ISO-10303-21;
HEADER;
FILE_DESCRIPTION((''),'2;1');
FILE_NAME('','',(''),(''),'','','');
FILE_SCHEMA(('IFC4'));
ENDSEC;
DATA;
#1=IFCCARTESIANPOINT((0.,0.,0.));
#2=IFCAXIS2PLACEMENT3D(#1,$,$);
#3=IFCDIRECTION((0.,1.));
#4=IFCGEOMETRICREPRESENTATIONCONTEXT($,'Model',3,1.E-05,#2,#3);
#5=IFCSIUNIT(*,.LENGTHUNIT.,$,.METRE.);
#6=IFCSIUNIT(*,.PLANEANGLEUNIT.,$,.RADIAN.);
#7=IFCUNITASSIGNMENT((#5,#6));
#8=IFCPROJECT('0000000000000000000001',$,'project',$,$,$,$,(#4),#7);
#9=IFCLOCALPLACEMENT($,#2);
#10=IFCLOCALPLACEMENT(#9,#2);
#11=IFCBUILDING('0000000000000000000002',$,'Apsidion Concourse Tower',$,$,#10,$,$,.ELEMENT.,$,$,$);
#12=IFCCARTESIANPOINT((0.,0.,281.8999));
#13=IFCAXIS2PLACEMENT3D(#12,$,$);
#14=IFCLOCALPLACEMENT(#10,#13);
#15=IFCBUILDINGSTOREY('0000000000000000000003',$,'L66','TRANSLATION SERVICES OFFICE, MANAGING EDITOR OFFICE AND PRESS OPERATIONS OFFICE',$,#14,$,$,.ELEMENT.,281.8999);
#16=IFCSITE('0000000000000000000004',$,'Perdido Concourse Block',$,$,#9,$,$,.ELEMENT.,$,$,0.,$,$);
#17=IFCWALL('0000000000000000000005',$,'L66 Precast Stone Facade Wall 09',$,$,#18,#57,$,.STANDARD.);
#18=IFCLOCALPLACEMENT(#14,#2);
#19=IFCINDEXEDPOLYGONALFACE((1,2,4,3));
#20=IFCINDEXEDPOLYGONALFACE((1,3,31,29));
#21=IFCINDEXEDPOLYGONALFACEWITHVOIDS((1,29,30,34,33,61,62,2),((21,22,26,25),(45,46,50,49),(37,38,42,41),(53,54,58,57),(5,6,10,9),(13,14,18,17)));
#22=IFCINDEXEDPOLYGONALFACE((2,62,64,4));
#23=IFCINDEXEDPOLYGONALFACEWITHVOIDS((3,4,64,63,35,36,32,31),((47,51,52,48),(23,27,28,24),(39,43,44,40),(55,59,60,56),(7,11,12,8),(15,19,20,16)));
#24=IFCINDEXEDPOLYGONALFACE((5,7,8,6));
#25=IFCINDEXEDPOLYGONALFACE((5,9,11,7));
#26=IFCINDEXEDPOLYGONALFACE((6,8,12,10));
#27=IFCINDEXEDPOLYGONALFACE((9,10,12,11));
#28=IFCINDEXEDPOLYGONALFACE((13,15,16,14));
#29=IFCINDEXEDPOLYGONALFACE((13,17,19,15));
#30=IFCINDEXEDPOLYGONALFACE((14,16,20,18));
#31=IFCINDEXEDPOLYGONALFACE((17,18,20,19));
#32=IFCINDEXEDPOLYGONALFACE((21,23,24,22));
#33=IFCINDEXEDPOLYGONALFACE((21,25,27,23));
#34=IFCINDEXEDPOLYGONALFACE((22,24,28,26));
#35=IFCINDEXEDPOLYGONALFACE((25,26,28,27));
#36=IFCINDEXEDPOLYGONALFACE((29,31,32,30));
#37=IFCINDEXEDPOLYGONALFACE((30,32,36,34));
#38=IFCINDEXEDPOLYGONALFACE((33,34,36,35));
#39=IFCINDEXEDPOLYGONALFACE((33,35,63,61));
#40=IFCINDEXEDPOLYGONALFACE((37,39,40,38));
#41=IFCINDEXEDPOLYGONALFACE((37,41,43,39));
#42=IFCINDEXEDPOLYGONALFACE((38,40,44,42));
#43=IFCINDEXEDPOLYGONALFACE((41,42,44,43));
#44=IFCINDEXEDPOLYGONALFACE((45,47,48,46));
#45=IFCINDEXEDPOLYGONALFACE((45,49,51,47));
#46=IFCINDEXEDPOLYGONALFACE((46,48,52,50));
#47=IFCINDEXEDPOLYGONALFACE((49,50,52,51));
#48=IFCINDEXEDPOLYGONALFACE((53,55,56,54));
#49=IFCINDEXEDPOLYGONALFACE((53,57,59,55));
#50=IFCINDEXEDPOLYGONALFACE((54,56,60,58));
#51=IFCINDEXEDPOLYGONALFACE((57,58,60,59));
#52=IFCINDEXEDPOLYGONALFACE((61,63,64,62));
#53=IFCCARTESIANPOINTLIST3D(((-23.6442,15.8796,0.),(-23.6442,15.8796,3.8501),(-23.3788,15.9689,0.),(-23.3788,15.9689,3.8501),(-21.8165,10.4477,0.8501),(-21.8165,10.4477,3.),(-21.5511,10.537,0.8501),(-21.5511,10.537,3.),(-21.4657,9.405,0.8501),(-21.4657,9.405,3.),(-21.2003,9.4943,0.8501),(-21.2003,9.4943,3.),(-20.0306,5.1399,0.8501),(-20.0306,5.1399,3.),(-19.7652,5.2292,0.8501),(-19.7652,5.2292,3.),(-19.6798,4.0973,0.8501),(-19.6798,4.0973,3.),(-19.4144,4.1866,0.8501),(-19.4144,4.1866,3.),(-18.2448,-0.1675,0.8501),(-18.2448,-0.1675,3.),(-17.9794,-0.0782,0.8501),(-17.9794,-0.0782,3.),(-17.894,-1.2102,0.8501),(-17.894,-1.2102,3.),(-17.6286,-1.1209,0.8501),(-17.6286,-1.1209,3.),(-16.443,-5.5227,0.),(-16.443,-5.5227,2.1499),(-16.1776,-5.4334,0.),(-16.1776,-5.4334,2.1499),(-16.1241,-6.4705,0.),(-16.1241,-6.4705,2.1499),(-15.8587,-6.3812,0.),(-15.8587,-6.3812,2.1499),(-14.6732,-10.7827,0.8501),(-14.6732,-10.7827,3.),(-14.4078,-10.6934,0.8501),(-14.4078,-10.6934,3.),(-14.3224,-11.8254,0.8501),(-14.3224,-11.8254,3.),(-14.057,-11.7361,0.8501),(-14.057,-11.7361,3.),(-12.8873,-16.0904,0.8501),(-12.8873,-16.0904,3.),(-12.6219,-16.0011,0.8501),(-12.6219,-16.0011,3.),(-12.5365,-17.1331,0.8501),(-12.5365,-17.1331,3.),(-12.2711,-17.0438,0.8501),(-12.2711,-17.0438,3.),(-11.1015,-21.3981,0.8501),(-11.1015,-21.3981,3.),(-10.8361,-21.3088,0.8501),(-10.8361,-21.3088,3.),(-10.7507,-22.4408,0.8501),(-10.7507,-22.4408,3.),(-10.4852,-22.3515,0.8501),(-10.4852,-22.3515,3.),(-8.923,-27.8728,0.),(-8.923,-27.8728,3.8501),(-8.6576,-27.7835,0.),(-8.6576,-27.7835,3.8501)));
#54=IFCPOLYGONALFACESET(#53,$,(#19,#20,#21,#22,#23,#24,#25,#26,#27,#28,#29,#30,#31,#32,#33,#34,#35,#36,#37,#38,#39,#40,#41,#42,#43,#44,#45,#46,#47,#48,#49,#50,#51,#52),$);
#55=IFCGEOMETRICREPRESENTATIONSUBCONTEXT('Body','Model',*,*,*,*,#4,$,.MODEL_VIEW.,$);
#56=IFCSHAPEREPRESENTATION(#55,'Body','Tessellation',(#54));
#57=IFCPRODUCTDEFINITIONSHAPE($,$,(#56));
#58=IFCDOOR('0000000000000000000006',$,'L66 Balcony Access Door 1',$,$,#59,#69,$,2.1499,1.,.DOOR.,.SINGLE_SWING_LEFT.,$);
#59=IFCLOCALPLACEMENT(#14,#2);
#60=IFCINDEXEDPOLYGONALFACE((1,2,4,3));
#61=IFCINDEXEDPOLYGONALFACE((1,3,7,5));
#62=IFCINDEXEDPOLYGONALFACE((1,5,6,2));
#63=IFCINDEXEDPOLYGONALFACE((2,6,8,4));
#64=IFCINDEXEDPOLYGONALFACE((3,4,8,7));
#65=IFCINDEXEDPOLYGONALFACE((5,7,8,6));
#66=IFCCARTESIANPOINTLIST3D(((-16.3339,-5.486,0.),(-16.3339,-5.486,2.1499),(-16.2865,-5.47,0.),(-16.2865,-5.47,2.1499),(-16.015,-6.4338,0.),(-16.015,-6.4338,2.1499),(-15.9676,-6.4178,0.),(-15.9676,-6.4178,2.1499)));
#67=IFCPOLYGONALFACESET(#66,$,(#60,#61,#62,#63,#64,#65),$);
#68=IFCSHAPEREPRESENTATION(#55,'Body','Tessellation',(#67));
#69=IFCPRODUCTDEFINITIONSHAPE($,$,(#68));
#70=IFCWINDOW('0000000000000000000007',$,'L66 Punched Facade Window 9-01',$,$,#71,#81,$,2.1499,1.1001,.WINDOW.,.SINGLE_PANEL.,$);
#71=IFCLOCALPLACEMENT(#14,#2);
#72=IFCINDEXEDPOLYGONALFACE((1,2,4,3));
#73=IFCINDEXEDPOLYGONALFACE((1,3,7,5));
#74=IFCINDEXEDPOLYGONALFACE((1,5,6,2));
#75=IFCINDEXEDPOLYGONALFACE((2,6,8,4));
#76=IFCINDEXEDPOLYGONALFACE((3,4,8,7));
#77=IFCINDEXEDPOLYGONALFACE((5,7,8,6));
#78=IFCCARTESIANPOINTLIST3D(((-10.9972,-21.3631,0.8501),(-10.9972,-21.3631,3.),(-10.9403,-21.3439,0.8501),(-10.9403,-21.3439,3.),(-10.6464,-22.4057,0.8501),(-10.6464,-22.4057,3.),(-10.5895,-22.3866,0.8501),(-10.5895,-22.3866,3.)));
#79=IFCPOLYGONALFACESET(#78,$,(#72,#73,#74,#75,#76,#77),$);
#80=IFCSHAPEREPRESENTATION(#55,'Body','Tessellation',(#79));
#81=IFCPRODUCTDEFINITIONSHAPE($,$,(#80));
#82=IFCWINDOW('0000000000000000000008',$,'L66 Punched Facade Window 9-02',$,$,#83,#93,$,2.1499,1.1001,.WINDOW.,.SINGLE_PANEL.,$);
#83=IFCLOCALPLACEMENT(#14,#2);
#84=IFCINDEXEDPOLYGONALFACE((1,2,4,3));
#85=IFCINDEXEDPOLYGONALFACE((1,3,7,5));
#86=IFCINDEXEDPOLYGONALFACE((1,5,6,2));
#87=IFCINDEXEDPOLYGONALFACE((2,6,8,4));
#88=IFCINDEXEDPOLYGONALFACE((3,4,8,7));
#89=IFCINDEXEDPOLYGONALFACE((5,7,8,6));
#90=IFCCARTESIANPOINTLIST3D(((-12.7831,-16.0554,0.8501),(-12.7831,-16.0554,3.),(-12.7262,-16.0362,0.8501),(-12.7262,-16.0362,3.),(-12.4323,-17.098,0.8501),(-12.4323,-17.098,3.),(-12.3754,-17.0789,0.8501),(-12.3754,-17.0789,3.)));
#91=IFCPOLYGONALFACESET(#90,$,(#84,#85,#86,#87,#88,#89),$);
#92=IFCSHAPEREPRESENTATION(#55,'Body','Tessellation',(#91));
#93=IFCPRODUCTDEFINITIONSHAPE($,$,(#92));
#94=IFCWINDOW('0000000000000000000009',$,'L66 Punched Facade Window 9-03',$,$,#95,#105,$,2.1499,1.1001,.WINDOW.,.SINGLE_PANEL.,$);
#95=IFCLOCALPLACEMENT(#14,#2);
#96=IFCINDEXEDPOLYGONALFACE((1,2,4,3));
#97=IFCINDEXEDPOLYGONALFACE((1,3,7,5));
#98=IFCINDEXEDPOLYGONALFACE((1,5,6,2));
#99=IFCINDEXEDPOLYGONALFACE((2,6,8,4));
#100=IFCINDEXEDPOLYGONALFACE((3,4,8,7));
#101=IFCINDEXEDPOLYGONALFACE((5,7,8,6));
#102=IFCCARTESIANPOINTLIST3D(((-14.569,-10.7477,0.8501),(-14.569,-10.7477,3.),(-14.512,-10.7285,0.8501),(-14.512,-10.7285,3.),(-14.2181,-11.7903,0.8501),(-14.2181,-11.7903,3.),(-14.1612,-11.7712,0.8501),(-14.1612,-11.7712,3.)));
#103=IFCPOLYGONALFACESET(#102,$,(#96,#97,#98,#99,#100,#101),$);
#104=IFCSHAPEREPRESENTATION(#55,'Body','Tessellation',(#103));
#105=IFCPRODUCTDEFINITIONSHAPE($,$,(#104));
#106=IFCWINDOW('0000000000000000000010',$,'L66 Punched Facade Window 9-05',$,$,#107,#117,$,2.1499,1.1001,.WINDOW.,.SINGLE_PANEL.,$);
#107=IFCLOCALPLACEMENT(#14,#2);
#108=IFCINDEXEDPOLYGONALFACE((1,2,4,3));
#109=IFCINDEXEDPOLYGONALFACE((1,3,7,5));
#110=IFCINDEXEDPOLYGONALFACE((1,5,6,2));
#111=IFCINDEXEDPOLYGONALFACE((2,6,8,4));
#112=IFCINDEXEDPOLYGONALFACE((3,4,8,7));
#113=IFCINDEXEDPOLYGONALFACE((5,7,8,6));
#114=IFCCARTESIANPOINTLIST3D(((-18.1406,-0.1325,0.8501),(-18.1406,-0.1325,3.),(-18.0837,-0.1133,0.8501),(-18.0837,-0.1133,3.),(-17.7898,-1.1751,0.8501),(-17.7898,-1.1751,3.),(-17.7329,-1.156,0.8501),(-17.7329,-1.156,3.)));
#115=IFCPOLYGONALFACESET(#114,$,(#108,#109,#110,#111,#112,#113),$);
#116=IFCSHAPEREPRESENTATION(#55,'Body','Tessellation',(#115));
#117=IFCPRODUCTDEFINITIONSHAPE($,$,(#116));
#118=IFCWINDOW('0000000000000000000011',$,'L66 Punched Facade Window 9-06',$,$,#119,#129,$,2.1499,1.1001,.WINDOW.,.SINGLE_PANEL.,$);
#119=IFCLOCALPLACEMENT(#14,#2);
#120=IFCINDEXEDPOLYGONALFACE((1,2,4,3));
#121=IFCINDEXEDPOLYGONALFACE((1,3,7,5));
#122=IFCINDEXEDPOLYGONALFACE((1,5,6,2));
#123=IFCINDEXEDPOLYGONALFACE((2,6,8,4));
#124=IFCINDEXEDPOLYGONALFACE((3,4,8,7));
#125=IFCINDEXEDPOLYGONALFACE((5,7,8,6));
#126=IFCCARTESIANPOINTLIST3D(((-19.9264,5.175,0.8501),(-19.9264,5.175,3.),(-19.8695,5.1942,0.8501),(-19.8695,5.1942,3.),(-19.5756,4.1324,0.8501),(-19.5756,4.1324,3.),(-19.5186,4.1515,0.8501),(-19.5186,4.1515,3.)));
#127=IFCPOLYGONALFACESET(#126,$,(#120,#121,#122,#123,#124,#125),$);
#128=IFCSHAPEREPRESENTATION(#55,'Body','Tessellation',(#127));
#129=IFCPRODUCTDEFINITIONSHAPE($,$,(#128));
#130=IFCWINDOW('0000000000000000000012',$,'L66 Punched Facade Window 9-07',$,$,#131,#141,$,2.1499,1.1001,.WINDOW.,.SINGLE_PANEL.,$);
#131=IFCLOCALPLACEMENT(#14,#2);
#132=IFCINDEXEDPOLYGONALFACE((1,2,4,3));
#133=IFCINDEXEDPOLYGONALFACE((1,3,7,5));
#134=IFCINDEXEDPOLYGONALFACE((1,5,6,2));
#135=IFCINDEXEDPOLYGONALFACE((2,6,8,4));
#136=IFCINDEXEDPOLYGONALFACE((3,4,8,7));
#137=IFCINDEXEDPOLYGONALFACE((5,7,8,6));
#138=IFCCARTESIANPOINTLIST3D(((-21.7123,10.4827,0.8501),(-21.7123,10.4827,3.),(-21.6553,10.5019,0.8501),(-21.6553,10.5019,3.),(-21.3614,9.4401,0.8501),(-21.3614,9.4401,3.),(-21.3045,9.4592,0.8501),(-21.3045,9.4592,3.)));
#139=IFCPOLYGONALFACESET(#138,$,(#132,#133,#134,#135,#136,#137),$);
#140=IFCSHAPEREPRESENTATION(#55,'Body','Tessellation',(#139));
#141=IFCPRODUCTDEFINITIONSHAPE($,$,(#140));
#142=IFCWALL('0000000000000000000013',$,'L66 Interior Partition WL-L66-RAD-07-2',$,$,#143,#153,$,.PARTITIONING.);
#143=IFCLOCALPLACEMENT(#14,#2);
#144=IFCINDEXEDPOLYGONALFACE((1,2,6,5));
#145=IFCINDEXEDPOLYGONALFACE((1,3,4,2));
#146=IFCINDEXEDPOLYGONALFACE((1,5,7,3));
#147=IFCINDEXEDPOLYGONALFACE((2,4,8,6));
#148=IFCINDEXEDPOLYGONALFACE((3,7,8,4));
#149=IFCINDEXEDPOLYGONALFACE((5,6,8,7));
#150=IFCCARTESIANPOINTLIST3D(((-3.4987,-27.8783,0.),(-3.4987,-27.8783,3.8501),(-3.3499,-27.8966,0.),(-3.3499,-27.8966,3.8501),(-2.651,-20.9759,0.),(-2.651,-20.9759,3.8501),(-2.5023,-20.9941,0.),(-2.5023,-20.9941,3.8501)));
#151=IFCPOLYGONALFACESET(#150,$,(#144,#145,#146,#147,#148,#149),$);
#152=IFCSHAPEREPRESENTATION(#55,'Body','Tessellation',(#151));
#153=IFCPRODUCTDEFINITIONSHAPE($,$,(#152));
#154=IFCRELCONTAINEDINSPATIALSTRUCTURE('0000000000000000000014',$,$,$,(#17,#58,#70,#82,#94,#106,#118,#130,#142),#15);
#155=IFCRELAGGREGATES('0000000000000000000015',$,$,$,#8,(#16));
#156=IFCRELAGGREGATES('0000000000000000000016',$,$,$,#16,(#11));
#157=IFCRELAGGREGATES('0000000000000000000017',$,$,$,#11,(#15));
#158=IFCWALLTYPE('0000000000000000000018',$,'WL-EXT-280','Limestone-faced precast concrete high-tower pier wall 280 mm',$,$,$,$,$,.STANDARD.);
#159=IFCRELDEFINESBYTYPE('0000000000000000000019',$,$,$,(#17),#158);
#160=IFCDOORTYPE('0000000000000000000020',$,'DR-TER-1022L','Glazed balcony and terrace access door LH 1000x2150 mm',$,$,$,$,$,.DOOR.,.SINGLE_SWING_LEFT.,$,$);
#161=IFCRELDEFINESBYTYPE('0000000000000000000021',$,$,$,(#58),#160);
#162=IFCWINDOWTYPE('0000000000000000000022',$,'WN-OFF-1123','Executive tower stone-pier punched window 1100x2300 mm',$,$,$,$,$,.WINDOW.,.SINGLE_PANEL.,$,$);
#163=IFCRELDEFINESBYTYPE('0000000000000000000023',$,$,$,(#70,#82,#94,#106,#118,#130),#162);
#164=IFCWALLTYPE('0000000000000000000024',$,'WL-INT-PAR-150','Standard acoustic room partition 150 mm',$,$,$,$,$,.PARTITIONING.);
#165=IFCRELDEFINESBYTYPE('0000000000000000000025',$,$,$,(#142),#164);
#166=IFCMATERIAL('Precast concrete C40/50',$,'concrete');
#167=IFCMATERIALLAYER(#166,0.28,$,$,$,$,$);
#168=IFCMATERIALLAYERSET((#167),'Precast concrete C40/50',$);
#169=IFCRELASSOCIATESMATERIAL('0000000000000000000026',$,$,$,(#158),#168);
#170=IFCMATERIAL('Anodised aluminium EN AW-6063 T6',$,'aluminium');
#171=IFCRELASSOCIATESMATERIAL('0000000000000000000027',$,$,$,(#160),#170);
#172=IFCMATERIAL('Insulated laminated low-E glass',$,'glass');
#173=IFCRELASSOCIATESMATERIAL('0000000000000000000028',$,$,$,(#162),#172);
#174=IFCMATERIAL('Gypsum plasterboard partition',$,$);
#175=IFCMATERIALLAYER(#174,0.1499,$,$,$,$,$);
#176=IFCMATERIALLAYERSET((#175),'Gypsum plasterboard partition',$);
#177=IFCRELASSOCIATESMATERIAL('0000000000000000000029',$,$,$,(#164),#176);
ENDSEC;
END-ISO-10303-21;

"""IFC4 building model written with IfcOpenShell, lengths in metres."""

from ifc_helpers import new_model, si_unit, direction, frame, frame_2d, origin, place, context, subcontext, project, spatial, rectangle, extrude, material, layer, layer_set, type_object, element, fill, save


model = new_model("IFC4")

# Units and contexts
model_context = context("Model", 3, precision=1e-05, world=origin(), true_north=direction((0.0, 1.0)))
body_context = subcontext(model_context, "Body", "Model", "MODEL_VIEW")
ifc_project = project(units=[si_unit("LENGTHUNIT", "METRE"), si_unit("PLANEANGLEUNIT", "RADIAN")], contexts=[model_context])

# Site, building, storey
site_placement = place(None, origin())
site = spatial("IfcSite", under=ifc_project, at=site_placement, Name="Perdido Concourse Block", CompositionType="ELEMENT", RefElevation=0.0)
building_placement = place(site_placement, origin())
building = spatial("IfcBuilding", under=site, at=building_placement, Name="Apsidion Concourse Tower", CompositionType="ELEMENT")
storey_placement = place(building_placement, frame((0.0, 0.0, 281.8999)))
storey = spatial("IfcBuildingStorey", under=building, at=storey_placement, Name="L66", Description="TRANSLATION SERVICES OFFICE, MANAGING EDITOR OFFICE AND PRESS OPERATIONS OFFICE", CompositionType="ELEMENT", Elevation=281.8999)

# Shared definitions
ifc_material_1 = material(Name="Precast concrete C40/50", Category="concrete")
ifc_layer_1 = layer(ifc_material_1, 0.28)
ifc_layer_set_1 = layer_set([ifc_layer_1], Name="Precast concrete C40/50")
wall_type_1 = type_object("IfcWallType", Name="WL-EXT-280", Description="Limestone-faced precast concrete high-tower pier wall 280 mm", PredefinedType="STANDARD", material=ifc_layer_set_1)

# Wall, openings, door, windows
wall_1_placement = place(storey_placement, frame((-8.7903, -27.8281, 0.0), z_axis=(0.0, 0.0, 1.0), x_axis=(-0.318898, 0.947789, 0.0)))
wall_1 = element("IfcWall", 1, at=wall_1_placement, inside=storey, type_object=wall_type_1, Name="L66 Precast Stone Facade Wall 09", PredefinedType="STANDARD", context=body_context, shape_type="SweptSolid", body=[
    extrude(rectangle(XDim=46.1626, YDim=0.28, at=frame_2d((23.0813, 0.0))), origin(), (0.0, 0.0, 1.0), 3.8501),
])
opening_1_placement = place(wall_1_placement, frame((22.5813, 0.0, 0.0)))
opening_1 = element("IfcOpeningElement", 2, at=opening_1_placement, cuts=wall_1, PredefinedType="OPENING", context=body_context, shape_type="SweptSolid", body=[
    extrude(rectangle(XDim=1.0, YDim=2.1499, at=frame_2d((0.5, 1.075))), frame((0.0, 0.1499, 0.0), z_axis=(0.0, -1.0, 0.0), x_axis=(1.0, 0.0, 0.0)), (0.0, 0.0, 1.0), 0.3),
])
opening_2_placement = place(wall_1_placement, frame((5.7312, 0.0, 0.8501)))
opening_2 = element("IfcOpeningElement", 3, at=opening_2_placement, cuts=wall_1, PredefinedType="OPENING", context=body_context, shape_type="SweptSolid", body=[
    extrude(rectangle(XDim=1.1001, YDim=2.1499, at=frame_2d((0.55, 1.075))), frame((0.0, 0.1499, 0.0), z_axis=(0.0, -1.0, 0.0), x_axis=(1.0, 0.0, 0.0)), (0.0, 0.0, 1.0), 0.3),
])
opening_3_placement = place(wall_1_placement, frame((11.3313, 0.0, 0.8501)))
opening_3 = element("IfcOpeningElement", 4, at=opening_3_placement, cuts=wall_1, PredefinedType="OPENING", context=body_context, shape_type="SweptSolid", body=[
    extrude(rectangle(XDim=1.1001, YDim=2.1499, at=frame_2d((0.55, 1.075))), frame((0.0, 0.1499, 0.0), z_axis=(0.0, -1.0, 0.0), x_axis=(1.0, 0.0, 0.0)), (0.0, 0.0, 1.0), 0.3),
])
opening_4_placement = place(wall_1_placement, frame((16.9314, 0.0, 0.8501)))
opening_4 = element("IfcOpeningElement", 5, at=opening_4_placement, cuts=wall_1, PredefinedType="OPENING", context=body_context, shape_type="SweptSolid", body=[
    extrude(rectangle(XDim=1.1001, YDim=2.1499, at=frame_2d((0.55, 1.075))), frame((0.0, 0.1499, 0.0), z_axis=(0.0, -1.0, 0.0), x_axis=(1.0, 0.0, 0.0)), (0.0, 0.0, 1.0), 0.3),
])
opening_5_placement = place(wall_1_placement, frame((28.1313, 0.0, 0.8501)))
opening_5 = element("IfcOpeningElement", 6, at=opening_5_placement, cuts=wall_1, PredefinedType="OPENING", context=body_context, shape_type="SweptSolid", body=[
    extrude(rectangle(XDim=1.1001, YDim=2.1499, at=frame_2d((0.55, 1.075))), frame((0.0, 0.1499, 0.0), z_axis=(0.0, -1.0, 0.0), x_axis=(1.0, 0.0, 0.0)), (0.0, 0.0, 1.0), 0.3),
])
opening_6_placement = place(wall_1_placement, frame((33.7312, 0.0, 0.8501)))
opening_6 = element("IfcOpeningElement", 7, at=opening_6_placement, cuts=wall_1, PredefinedType="OPENING", context=body_context, shape_type="SweptSolid", body=[
    extrude(rectangle(XDim=1.1001, YDim=2.1499, at=frame_2d((0.55, 1.075))), frame((0.0, 0.1499, 0.0), z_axis=(0.0, -1.0, 0.0), x_axis=(1.0, 0.0, 0.0)), (0.0, 0.0, 1.0), 0.3),
])
opening_7_placement = place(wall_1_placement, frame((39.3313, 0.0, 0.8501)))
opening_7 = element("IfcOpeningElement", 8, at=opening_7_placement, cuts=wall_1, PredefinedType="OPENING", context=body_context, shape_type="SweptSolid", body=[
    extrude(rectangle(XDim=1.1001, YDim=2.1499, at=frame_2d((0.55, 1.075))), frame((0.0, 0.1499, 0.0), z_axis=(0.0, -1.0, 0.0), x_axis=(1.0, 0.0, 0.0)), (0.0, 0.0, 1.0), 0.3),
])
ifc_material_2 = material(Name="Anodised aluminium EN AW-6063 T6", Category="aluminium")
door_type = type_object("IfcDoorType", Name="DR-TER-1022L", Description="Glazed balcony and terrace access door LH 1000x2150 mm", OperationType="SINGLE_SWING_LEFT", PredefinedType="DOOR", material=ifc_material_2)
door_placement = place(opening_1_placement, origin())
door = element("IfcDoor", 9, at=door_placement, inside=storey, type_object=door_type, Name="L66 Balcony Access Door 1", OperationType="SINGLE_SWING_LEFT", OverallHeight=2.1499, OverallWidth=1.0, PredefinedType="DOOR", context=body_context, shape_type="SweptSolid", body=[
    extrude(rectangle(XDim=1.0, YDim=2.1499, at=frame_2d((0.5, 1.075))), frame((0.0, 0.0249, 0.0), z_axis=(0.0, -1.0, 0.0), x_axis=(1.0, 0.0, 0.0)), (0.0, 0.0, 1.0), 0.05),
])
fill(opening_1, door)
ifc_material_3 = material(Name="Insulated laminated low-E glass", Category="glass")
window_type = type_object("IfcWindowType", Name="WN-OFF-1123", Description="Executive tower stone-pier punched window 1100x2300 mm", PartitioningType="SINGLE_PANEL", PredefinedType="WINDOW", material=ifc_material_3)
window_1_placement = place(opening_2_placement, origin())
window_1 = element("IfcWindow", 10, at=window_1_placement, inside=storey, type_object=window_type, Name="L66 Punched Facade Window 9-01", OverallHeight=2.1499, OverallWidth=1.1001, PartitioningType="SINGLE_PANEL", PredefinedType="WINDOW", context=body_context, shape_type="SweptSolid", body=[
    extrude(rectangle(XDim=1.1001, YDim=2.1499, at=frame_2d((0.55, 1.075))), frame((0.0, 0.03, 0.0), z_axis=(0.0, -1.0, 0.0), x_axis=(1.0, 0.0, 0.0)), (0.0, 0.0, 1.0), 0.0601),
])
fill(opening_2, window_1)
window_2_placement = place(opening_3_placement, origin())
window_2 = element("IfcWindow", 11, at=window_2_placement, inside=storey, type_object=window_type, Name="L66 Punched Facade Window 9-02", OverallHeight=2.1499, OverallWidth=1.1001, PartitioningType="SINGLE_PANEL", PredefinedType="WINDOW", context=body_context, shape_type="SweptSolid", body=[
    extrude(rectangle(XDim=1.1001, YDim=2.1499, at=frame_2d((0.55, 1.075))), frame((0.0, 0.03, 0.0), z_axis=(0.0, -1.0, 0.0), x_axis=(1.0, 0.0, 0.0)), (0.0, 0.0, 1.0), 0.0601),
])
fill(opening_3, window_2)
window_3_placement = place(opening_4_placement, origin())
window_3 = element("IfcWindow", 12, at=window_3_placement, inside=storey, type_object=window_type, Name="L66 Punched Facade Window 9-03", OverallHeight=2.1499, OverallWidth=1.1001, PartitioningType="SINGLE_PANEL", PredefinedType="WINDOW", context=body_context, shape_type="SweptSolid", body=[
    extrude(rectangle(XDim=1.1001, YDim=2.1499, at=frame_2d((0.55, 1.075))), frame((0.0, 0.03, 0.0), z_axis=(0.0, -1.0, 0.0), x_axis=(1.0, 0.0, 0.0)), (0.0, 0.0, 1.0), 0.0601),
])
fill(opening_4, window_3)
window_4_placement = place(opening_5_placement, origin())
window_4 = element("IfcWindow", 13, at=window_4_placement, inside=storey, type_object=window_type, Name="L66 Punched Facade Window 9-05", OverallHeight=2.1499, OverallWidth=1.1001, PartitioningType="SINGLE_PANEL", PredefinedType="WINDOW", context=body_context, shape_type="SweptSolid", body=[
    extrude(rectangle(XDim=1.1001, YDim=2.1499, at=frame_2d((0.55, 1.075))), frame((0.0, 0.03, 0.0), z_axis=(0.0, -1.0, 0.0), x_axis=(1.0, 0.0, 0.0)), (0.0, 0.0, 1.0), 0.0601),
])
fill(opening_5, window_4)
window_5_placement = place(opening_6_placement, origin())
window_5 = element("IfcWindow", 14, at=window_5_placement, inside=storey, type_object=window_type, Name="L66 Punched Facade Window 9-06", OverallHeight=2.1499, OverallWidth=1.1001, PartitioningType="SINGLE_PANEL", PredefinedType="WINDOW", context=body_context, shape_type="SweptSolid", body=[
    extrude(rectangle(XDim=1.1001, YDim=2.1499, at=frame_2d((0.55, 1.075))), frame((0.0, 0.03, 0.0), z_axis=(0.0, -1.0, 0.0), x_axis=(1.0, 0.0, 0.0)), (0.0, 0.0, 1.0), 0.0601),
])
fill(opening_6, window_5)
window_6_placement = place(opening_7_placement, origin())
window_6 = element("IfcWindow", 15, at=window_6_placement, inside=storey, type_object=window_type, Name="L66 Punched Facade Window 9-07", OverallHeight=2.1499, OverallWidth=1.1001, PartitioningType="SINGLE_PANEL", PredefinedType="WINDOW", context=body_context, shape_type="SweptSolid", body=[
    extrude(rectangle(XDim=1.1001, YDim=2.1499, at=frame_2d((0.55, 1.075))), frame((0.0, 0.03, 0.0), z_axis=(0.0, -1.0, 0.0), x_axis=(1.0, 0.0, 0.0)), (0.0, 0.0, 1.0), 0.0601),
])
fill(opening_7, window_6)

# Wall
ifc_material_4 = material(Name="Gypsum plasterboard partition")
ifc_layer_2 = layer(ifc_material_4, 0.1499)
ifc_layer_set_2 = layer_set([ifc_layer_2], Name="Gypsum plasterboard partition")
wall_type_2 = type_object("IfcWallType", Name="WL-INT-PAR-150", Description="Standard acoustic room partition 150 mm", PredefinedType="PARTITIONING", material=ifc_layer_set_2)
wall_2_placement = place(storey_placement, frame((-2.5767, -20.9851, 0.0), z_axis=(0.0, 0.0, 1.0), x_axis=(-0.121887, -0.992544, 0.0)))
element("IfcWall", 16, at=wall_2_placement, inside=storey, type_object=wall_type_2, Name="L66 Interior Partition WL-L66-RAD-07-2", PredefinedType="PARTITIONING", context=body_context, shape_type="SweptSolid", body=[
    extrude(rectangle(XDim=6.9543, YDim=0.1499, at=frame_2d((3.4771, 0.0))), origin(), (0.0, 0.0, 1.0), 3.8501),
])

save(model, "model.ifc")
